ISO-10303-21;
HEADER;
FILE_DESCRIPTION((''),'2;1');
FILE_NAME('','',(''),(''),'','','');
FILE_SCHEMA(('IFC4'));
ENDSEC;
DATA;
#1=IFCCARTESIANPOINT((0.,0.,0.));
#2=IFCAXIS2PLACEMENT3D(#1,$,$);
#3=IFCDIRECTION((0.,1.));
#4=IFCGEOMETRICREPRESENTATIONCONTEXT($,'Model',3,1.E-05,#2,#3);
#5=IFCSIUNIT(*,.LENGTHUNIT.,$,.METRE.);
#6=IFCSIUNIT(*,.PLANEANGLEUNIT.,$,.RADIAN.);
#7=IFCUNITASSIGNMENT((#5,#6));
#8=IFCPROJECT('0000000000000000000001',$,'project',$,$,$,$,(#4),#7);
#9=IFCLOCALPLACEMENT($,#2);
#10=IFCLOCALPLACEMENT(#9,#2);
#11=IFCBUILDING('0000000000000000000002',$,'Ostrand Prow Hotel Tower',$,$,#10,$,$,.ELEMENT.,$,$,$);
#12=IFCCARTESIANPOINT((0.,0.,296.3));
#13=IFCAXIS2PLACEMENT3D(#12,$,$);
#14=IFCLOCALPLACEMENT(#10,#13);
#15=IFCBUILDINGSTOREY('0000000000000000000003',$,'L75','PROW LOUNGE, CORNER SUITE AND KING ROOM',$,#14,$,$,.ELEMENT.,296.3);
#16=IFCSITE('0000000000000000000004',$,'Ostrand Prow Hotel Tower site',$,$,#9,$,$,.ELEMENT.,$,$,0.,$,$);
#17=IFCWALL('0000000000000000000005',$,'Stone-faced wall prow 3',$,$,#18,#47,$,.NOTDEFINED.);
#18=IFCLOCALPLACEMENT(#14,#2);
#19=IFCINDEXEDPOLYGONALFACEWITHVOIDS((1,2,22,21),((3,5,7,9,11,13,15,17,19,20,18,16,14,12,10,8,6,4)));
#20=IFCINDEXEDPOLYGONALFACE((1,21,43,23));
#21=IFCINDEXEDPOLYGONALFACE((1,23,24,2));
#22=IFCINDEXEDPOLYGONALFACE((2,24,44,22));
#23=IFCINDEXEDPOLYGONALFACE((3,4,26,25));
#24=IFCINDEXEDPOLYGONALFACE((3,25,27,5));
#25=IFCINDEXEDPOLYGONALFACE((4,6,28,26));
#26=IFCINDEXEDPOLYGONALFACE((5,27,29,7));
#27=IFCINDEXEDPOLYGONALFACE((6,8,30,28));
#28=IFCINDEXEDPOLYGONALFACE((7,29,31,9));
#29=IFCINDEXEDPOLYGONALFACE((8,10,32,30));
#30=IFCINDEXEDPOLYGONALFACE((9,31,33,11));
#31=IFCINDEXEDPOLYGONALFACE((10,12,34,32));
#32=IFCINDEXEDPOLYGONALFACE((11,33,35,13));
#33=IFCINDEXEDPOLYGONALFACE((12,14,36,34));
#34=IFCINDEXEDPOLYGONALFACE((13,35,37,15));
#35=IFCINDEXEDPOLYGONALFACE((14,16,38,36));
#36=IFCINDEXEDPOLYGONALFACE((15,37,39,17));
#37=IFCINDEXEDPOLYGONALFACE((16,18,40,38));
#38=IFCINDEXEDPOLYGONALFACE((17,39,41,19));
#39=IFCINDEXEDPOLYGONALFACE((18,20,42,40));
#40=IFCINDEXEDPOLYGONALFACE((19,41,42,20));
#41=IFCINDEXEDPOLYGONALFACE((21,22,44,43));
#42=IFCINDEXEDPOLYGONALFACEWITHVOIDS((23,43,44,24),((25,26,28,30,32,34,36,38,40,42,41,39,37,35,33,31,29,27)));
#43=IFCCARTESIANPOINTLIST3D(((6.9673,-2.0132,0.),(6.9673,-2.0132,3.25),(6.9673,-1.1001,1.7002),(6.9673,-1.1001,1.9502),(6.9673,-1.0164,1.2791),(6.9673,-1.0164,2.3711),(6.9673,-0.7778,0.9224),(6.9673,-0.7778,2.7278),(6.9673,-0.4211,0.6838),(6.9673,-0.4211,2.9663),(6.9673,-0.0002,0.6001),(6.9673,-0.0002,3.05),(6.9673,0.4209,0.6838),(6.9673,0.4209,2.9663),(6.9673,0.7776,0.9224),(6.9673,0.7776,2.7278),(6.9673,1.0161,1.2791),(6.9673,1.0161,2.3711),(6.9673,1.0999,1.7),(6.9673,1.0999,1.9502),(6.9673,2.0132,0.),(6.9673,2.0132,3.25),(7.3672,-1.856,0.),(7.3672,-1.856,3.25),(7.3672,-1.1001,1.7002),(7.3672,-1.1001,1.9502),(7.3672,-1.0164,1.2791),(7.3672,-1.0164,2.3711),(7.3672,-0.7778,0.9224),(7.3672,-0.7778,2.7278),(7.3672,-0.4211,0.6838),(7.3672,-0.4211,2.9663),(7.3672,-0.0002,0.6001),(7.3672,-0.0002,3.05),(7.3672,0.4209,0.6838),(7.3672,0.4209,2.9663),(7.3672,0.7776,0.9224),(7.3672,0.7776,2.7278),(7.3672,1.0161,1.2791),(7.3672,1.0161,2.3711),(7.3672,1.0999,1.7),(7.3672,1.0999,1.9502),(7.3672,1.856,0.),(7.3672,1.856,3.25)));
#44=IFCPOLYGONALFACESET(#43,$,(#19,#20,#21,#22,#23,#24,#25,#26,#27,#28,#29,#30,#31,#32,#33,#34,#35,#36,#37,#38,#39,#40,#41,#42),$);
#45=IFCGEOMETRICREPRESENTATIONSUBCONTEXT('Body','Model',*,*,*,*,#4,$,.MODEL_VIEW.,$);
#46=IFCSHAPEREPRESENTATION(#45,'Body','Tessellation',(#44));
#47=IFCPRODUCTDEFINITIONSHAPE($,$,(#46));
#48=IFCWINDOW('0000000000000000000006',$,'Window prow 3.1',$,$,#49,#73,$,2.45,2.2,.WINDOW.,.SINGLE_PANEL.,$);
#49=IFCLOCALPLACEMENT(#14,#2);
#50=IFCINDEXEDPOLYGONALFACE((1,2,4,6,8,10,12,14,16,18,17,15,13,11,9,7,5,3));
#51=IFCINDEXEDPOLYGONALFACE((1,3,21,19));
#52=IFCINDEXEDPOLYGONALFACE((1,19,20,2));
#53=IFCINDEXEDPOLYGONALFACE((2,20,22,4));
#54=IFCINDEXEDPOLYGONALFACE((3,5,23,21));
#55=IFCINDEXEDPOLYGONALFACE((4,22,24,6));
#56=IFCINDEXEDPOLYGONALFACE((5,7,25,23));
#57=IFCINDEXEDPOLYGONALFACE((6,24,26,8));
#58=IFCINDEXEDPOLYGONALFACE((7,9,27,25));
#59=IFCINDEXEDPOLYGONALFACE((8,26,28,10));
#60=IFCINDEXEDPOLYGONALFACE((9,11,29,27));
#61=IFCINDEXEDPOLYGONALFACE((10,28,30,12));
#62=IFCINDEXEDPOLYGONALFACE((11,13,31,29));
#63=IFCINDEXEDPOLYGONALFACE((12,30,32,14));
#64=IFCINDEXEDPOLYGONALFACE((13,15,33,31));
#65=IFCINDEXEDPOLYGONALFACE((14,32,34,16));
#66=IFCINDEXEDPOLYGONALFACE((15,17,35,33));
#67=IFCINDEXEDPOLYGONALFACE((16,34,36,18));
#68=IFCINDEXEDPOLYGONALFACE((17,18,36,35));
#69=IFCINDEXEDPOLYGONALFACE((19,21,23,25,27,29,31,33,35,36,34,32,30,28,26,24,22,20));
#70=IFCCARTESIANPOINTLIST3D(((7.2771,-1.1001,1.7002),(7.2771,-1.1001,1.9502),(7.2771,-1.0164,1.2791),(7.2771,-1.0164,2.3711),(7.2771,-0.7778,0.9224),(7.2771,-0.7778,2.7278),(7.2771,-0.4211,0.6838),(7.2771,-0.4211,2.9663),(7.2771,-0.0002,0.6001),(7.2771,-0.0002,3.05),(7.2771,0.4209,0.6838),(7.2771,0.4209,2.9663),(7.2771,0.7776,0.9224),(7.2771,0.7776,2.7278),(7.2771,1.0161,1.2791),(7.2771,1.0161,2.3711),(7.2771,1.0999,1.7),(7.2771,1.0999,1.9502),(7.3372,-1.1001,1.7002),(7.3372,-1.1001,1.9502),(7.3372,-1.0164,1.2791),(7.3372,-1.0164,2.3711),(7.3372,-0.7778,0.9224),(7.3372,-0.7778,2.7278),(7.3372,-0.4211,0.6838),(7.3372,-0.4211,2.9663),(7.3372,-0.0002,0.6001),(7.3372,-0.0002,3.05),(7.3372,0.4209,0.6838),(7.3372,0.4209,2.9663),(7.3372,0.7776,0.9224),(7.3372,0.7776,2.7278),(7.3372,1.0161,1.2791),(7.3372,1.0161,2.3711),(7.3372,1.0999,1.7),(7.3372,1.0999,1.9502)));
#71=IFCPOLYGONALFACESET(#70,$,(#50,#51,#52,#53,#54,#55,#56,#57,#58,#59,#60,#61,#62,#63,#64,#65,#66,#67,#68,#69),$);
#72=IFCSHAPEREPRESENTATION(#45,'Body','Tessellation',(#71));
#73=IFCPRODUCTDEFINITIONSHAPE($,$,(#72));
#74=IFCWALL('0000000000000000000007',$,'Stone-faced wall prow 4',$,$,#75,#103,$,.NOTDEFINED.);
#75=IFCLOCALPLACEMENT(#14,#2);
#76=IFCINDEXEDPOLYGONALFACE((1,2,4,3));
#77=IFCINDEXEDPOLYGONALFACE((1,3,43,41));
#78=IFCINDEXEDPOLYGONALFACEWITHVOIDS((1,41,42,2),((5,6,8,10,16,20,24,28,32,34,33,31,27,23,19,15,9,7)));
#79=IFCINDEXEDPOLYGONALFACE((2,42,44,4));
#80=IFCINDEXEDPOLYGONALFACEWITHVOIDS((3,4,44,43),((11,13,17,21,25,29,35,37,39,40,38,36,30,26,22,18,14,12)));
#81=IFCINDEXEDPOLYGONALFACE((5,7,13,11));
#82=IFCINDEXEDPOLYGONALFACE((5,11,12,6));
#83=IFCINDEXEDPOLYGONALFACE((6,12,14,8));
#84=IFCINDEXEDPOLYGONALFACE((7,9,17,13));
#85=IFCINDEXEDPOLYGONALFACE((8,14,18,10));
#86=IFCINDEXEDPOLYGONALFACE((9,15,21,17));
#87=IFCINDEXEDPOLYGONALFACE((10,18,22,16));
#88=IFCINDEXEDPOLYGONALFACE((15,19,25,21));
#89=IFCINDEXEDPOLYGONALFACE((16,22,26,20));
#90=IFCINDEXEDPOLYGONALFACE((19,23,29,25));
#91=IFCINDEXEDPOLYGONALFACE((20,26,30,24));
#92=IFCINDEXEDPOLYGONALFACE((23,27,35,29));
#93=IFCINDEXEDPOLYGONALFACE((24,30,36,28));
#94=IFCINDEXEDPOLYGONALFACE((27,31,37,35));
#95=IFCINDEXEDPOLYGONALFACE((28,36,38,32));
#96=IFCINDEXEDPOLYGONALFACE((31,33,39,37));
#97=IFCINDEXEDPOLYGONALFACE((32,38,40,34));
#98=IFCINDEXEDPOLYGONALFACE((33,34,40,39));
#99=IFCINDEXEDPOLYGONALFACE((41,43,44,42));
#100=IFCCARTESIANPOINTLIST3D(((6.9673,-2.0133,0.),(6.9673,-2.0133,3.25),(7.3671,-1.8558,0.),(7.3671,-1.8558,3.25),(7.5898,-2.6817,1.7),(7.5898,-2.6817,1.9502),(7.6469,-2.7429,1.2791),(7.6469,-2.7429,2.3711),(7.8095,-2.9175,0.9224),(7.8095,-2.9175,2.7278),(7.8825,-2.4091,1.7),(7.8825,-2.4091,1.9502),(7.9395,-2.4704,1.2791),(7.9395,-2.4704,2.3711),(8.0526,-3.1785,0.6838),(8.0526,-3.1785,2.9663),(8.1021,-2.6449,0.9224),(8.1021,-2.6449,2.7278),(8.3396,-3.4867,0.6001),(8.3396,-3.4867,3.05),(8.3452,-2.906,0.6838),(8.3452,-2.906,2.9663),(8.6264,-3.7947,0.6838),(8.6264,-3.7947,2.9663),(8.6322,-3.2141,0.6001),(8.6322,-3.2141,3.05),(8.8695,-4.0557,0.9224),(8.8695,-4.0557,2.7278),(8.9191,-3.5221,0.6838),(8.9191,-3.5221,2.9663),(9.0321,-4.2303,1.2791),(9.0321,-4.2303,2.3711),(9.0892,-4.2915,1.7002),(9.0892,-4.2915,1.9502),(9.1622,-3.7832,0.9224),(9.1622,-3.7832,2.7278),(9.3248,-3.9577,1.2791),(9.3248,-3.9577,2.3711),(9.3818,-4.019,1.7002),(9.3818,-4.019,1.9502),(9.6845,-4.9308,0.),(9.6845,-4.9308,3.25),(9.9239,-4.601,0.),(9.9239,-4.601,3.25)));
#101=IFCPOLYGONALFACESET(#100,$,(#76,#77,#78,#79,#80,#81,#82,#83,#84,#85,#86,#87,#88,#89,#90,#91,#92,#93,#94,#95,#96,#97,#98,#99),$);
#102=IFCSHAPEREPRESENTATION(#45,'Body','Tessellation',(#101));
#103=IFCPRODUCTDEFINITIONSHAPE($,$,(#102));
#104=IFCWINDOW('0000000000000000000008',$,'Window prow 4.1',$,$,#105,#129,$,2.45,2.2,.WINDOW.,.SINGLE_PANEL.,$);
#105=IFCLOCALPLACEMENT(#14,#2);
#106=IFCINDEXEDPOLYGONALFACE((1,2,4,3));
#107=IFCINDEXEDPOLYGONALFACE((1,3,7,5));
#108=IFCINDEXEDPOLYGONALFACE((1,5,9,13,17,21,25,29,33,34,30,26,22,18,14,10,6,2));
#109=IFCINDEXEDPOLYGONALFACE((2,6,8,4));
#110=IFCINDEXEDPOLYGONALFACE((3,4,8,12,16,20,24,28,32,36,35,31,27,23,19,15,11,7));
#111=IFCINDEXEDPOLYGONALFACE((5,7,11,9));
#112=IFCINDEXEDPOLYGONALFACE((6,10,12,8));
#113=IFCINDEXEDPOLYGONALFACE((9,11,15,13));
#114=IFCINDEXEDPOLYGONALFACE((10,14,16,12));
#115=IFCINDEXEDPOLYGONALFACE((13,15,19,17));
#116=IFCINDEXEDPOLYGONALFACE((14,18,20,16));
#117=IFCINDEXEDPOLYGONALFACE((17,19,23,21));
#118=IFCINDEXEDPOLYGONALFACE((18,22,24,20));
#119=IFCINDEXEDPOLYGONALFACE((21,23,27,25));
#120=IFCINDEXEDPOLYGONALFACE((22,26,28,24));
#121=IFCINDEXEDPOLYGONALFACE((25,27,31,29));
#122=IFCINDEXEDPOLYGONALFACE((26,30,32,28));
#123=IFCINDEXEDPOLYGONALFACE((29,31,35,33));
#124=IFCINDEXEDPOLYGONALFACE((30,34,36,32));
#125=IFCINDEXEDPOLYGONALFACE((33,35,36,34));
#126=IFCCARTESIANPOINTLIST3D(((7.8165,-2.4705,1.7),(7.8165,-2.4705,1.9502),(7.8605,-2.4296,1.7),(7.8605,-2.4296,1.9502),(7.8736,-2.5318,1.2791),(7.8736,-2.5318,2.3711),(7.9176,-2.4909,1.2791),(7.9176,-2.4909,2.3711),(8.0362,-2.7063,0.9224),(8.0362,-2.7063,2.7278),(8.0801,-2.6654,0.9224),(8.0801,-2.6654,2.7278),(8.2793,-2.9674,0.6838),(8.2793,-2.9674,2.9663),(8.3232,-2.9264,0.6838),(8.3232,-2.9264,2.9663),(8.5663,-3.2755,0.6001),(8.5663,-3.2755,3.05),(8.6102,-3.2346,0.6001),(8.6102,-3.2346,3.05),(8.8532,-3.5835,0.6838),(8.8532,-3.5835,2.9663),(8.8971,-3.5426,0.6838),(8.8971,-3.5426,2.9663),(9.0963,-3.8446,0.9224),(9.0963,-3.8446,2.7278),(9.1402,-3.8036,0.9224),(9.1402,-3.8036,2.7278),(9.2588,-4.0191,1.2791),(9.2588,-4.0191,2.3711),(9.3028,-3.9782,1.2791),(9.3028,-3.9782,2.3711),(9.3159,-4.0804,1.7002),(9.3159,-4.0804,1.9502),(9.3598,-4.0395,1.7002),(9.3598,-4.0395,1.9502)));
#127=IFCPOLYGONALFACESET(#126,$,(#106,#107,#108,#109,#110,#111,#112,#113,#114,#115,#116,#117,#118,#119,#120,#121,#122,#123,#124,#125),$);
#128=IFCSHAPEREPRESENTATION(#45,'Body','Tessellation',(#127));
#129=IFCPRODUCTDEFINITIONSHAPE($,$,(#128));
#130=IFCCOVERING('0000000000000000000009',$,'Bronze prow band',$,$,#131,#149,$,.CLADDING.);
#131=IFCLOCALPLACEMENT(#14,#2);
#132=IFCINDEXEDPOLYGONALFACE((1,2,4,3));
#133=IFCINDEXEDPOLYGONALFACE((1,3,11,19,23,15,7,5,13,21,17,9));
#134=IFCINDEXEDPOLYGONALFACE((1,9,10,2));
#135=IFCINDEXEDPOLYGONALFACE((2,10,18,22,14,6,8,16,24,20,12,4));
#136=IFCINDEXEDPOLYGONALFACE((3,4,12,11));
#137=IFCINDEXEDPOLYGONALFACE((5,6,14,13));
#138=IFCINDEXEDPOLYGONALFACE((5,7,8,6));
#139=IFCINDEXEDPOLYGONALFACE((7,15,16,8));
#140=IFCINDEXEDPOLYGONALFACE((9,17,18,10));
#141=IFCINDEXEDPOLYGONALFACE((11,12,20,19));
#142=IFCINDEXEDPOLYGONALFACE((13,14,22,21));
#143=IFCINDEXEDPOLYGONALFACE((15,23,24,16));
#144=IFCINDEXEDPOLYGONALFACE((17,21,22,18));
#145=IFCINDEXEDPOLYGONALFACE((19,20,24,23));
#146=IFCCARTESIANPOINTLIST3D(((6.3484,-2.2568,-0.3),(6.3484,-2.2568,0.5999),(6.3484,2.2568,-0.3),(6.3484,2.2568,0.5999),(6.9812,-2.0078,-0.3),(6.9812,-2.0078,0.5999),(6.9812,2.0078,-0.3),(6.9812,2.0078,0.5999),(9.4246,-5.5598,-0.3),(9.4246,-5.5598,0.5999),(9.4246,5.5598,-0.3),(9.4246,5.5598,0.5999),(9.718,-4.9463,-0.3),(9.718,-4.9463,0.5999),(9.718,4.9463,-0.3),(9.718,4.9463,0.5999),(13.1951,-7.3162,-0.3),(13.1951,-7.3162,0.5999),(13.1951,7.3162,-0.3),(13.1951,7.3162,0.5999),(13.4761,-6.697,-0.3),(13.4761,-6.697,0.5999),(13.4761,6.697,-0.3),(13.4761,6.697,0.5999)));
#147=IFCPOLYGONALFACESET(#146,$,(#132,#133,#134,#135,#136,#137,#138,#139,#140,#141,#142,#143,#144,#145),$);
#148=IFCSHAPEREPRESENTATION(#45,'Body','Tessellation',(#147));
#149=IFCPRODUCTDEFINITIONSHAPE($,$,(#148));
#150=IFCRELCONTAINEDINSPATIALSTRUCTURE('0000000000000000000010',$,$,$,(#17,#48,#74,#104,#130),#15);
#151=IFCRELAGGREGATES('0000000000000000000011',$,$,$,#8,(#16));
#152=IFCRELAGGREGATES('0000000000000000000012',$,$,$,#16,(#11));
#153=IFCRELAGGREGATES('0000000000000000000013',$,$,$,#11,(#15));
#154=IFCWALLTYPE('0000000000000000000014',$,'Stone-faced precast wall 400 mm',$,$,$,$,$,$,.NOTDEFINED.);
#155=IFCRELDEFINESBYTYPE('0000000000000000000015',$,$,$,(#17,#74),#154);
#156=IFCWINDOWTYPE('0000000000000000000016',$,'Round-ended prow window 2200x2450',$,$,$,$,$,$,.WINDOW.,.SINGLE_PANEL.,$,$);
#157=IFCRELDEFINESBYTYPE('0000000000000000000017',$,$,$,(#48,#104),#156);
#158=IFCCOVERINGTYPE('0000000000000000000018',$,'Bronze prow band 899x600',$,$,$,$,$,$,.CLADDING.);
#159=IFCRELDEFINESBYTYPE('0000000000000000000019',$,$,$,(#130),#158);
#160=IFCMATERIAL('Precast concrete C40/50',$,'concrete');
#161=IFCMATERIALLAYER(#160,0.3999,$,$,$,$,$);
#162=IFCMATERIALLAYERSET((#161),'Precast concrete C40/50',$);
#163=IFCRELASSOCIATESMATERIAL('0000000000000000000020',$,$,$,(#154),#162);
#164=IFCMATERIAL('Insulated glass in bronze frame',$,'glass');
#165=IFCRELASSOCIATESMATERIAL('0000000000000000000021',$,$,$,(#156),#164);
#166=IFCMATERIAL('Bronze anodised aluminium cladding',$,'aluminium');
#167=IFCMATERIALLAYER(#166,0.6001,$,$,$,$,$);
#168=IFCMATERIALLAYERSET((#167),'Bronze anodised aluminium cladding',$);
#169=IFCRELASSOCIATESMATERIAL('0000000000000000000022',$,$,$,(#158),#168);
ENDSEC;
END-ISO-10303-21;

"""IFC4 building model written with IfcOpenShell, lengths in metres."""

from ifc_helpers import new_model, si_unit, direction, frame, origin, place, context, subcontext, project, spatial, polyline, outline, extrude, material, layer, layer_set, type_object, element, fill, save


model = new_model("IFC4")

# Units and contexts
model_context = context("Model", 3, precision=1e-05, world=origin(), true_north=direction((0.0, 1.0)))
body_context = subcontext(model_context, "Body", "Model", "MODEL_VIEW")
ifc_project = project(units=[si_unit("LENGTHUNIT", "METRE"), si_unit("PLANEANGLEUNIT", "RADIAN")], contexts=[model_context])

# Site, building, storey
site_placement = place(None, origin())
site = spatial("IfcSite", under=ifc_project, at=site_placement, Name="Ostrand Prow Hotel Tower site", CompositionType="ELEMENT", RefElevation=0.0)
building_placement = place(site_placement, origin())
building = spatial("IfcBuilding", under=site, at=building_placement, Name="Ostrand Prow Hotel Tower", CompositionType="ELEMENT")
storey_placement = place(building_placement, frame((0.0, 0.0, 296.3)))
storey = spatial("IfcBuildingStorey", under=building, at=storey_placement, Name="L75", Description="PROW LOUNGE, CORNER SUITE AND KING ROOM", CompositionType="ELEMENT", Elevation=296.3)

# Walls, openings, windows
ifc_material_1 = material(Name="Precast concrete C40/50", Category="concrete")
ifc_layer_1 = layer(ifc_material_1, 0.3999)
ifc_layer_set_1 = layer_set([ifc_layer_1], Name="Precast concrete C40/50")
wall_type = type_object("IfcWallType", Name="Stone-faced precast wall 400 mm", PredefinedType="NOTDEFINED", material=ifc_layer_set_1)
wall_1_placement = place(storey_placement, frame((7.1672, 1.9346, 0.0), z_axis=(0.0, 0.0, 1.0), x_axis=(0.0, -1.0, 0.0)))
wall_1 = element("IfcWall", 1, at=wall_1_placement, inside=storey, type_object=wall_type, Name="Stone-faced wall prow 3", PredefinedType="NOTDEFINED", context=body_context, shape_type="SweptSolid", body=[
    extrude(outline(polyline([(-0.0786, -0.2), (3.9478, -0.2), (3.7905, 0.2), (0.0786, 0.2), (-0.0786, -0.2)])), origin(), (0.0, 0.0, 1.0), 3.25),
])
opening_1_placement = place(wall_1_placement, frame((0.8347, 0.0, 0.6001)))
opening_1 = element("IfcOpeningElement", 2, at=opening_1_placement, cuts=wall_1, PredefinedType="OPENING", context=body_context, shape_type="SweptSolid", body=[
    extrude(outline(polyline([(0.0, 1.3501), (0.0837, 1.771), (0.3223, 2.1277), (0.679, 2.3662), (1.1001, 2.45), (1.521, 2.3662), (1.8777, 2.1277), (2.1162, 1.771), (2.2, 1.3501), (2.2, 1.1001), (2.1162, 0.679), (1.8777, 0.3223), (1.521, 0.0837), (1.1001, 0.0), (0.679, 0.0837), (0.3223, 0.3223), (0.0837, 0.679), (0.0, 1.0999), (0.0, 1.3501)])), frame((0.0, 0.21, 0.0), z_axis=(0.0, -1.0, 0.0), x_axis=(1.0, 0.0, 0.0)), (0.0, 0.0, 1.0), 0.4199),
])
ifc_material_2 = material(Name="Insulated glass in bronze frame", Category="glass")
window_type = type_object("IfcWindowType", Name="Round-ended prow window 2200x2450", PartitioningType="SINGLE_PANEL", PredefinedType="WINDOW", material=ifc_material_2)
window_1_placement = place(opening_1_placement, origin())
window_1 = element("IfcWindow", 3, at=window_1_placement, inside=storey, type_object=window_type, Name="Window prow 3.1", OverallHeight=2.45, OverallWidth=2.2, PartitioningType="SINGLE_PANEL", PredefinedType="WINDOW", context=body_context, shape_type="SweptSolid", body=[
    extrude(outline(polyline([(0.0, 1.3501), (0.0837, 1.771), (0.3223, 2.1277), (0.679, 2.3662), (1.1001, 2.45), (1.521, 2.3662), (1.8777, 2.1277), (2.1162, 1.771), (2.2, 1.3501), (2.2, 1.1001), (2.1162, 0.679), (1.8777, 0.3223), (1.521, 0.0837), (1.1001, 0.0), (0.679, 0.0837), (0.3223, 0.3223), (0.0837, 0.679), (0.0, 1.0999), (0.0, 1.3501)])), frame((0.0, 0.1699, 0.0), z_axis=(0.0, -1.0, 0.0), x_axis=(1.0, 0.0, 0.0)), (0.0, 0.0, 1.0), 0.0601),
])
fill(opening_1, window_1)
wall_2_placement = place(storey_placement, frame((7.1672, -1.9346, 0.0), z_axis=(0.0, 0.0, 1.0), x_axis=(0.681547, -0.731775, 0.0)))
wall_2 = element("IfcWall", 4, at=wall_2_placement, inside=storey, type_object=wall_type, Name="Stone-faced wall prow 4", PredefinedType="NOTDEFINED", context=body_context, shape_type="SweptSolid", body=[
    extrude(outline(polyline([(-0.0786, -0.2), (3.9082, -0.2), (3.8301, 0.2), (0.0786, 0.2), (-0.0786, -0.2)])), origin(), (0.0, 0.0, 1.0), 3.25),
])
opening_2_placement = place(wall_2_placement, frame((0.8347, 0.0, 0.6001)))
opening_2 = element("IfcOpeningElement", 5, at=opening_2_placement, cuts=wall_2, PredefinedType="OPENING", context=body_context, shape_type="SweptSolid", body=[
    extrude(outline(polyline([(0.0, 1.3501), (0.0837, 1.771), (0.3223, 2.1277), (0.679, 2.3662), (1.1001, 2.45), (1.521, 2.3662), (1.8777, 2.1277), (2.1162, 1.771), (2.2, 1.3501), (2.2, 1.1001), (2.1162, 0.679), (1.8777, 0.3223), (1.521, 0.0837), (1.1001, 0.0), (0.679, 0.0837), (0.3223, 0.3223), (0.0837, 0.679), (0.0, 1.0999), (0.0, 1.3501)])), frame((0.0, 0.21, 0.0), z_axis=(0.0, -1.0, 0.0), x_axis=(1.0, 0.0, 0.0)), (0.0, 0.0, 1.0), 0.4199),
])
window_2_placement = place(opening_2_placement, origin())
window_2 = element("IfcWindow", 6, at=window_2_placement, inside=storey, type_object=window_type, Name="Window prow 4.1", OverallHeight=2.45, OverallWidth=2.2, PartitioningType="SINGLE_PANEL", PredefinedType="WINDOW", context=body_context, shape_type="SweptSolid", body=[
    extrude(outline(polyline([(0.0, 1.3501), (0.0837, 1.771), (0.3223, 2.1277), (0.679, 2.3662), (1.1001, 2.45), (1.521, 2.3662), (1.8777, 2.1277), (2.1162, 1.771), (2.2, 1.3501), (2.2, 1.1001), (2.1162, 0.679), (1.8777, 0.3223), (1.521, 0.0837), (1.1001, 0.0), (0.679, 0.0837), (0.3223, 0.3223), (0.0837, 0.679), (0.0, 1.0999), (0.0, 1.3501)])), frame((0.0, 0.1699, 0.0), z_axis=(0.0, -1.0, 0.0), x_axis=(1.0, 0.0, 0.0)), (0.0, 0.0, 1.0), 0.0601),
])
fill(opening_2, window_2)

# Covering
ifc_material_3 = material(Name="Bronze anodised aluminium cladding", Category="aluminium")
ifc_layer_2 = layer(ifc_material_3, 0.6001)
ifc_layer_set_2 = layer_set([ifc_layer_2], Name="Bronze anodised aluminium cladding")
covering_type_1 = type_object("IfcCoveringType", Name="Bronze prow band 899x600", PredefinedType="CLADDING", material=ifc_layer_set_2)
covering_1_placement = place(storey_placement, frame((0.0, 0.0, -0.3)))
element("IfcCovering", 7, at=covering_1_placement, inside=storey, type_object=covering_type_1, Name="Bronze prow band", PredefinedType="CLADDING", context=body_context, shape_type="SweptSolid", body=[
    extrude(outline(polyline([(13.1951, 7.3162), (9.4246, 5.5598), (6.3484, 2.2568), (6.3484, -2.2568), (9.4246, -5.5598), (13.1951, -7.3162), (13.4761, -6.697), (9.718, -4.9463), (6.9812, -2.0078), (6.9812, 2.0078), (9.718, 4.9463), (13.4761, 6.697), (13.1951, 7.3162)])), origin(), (0.0, 0.0, 1.0), 0.8999),
])

save(model, "model.ifc")
